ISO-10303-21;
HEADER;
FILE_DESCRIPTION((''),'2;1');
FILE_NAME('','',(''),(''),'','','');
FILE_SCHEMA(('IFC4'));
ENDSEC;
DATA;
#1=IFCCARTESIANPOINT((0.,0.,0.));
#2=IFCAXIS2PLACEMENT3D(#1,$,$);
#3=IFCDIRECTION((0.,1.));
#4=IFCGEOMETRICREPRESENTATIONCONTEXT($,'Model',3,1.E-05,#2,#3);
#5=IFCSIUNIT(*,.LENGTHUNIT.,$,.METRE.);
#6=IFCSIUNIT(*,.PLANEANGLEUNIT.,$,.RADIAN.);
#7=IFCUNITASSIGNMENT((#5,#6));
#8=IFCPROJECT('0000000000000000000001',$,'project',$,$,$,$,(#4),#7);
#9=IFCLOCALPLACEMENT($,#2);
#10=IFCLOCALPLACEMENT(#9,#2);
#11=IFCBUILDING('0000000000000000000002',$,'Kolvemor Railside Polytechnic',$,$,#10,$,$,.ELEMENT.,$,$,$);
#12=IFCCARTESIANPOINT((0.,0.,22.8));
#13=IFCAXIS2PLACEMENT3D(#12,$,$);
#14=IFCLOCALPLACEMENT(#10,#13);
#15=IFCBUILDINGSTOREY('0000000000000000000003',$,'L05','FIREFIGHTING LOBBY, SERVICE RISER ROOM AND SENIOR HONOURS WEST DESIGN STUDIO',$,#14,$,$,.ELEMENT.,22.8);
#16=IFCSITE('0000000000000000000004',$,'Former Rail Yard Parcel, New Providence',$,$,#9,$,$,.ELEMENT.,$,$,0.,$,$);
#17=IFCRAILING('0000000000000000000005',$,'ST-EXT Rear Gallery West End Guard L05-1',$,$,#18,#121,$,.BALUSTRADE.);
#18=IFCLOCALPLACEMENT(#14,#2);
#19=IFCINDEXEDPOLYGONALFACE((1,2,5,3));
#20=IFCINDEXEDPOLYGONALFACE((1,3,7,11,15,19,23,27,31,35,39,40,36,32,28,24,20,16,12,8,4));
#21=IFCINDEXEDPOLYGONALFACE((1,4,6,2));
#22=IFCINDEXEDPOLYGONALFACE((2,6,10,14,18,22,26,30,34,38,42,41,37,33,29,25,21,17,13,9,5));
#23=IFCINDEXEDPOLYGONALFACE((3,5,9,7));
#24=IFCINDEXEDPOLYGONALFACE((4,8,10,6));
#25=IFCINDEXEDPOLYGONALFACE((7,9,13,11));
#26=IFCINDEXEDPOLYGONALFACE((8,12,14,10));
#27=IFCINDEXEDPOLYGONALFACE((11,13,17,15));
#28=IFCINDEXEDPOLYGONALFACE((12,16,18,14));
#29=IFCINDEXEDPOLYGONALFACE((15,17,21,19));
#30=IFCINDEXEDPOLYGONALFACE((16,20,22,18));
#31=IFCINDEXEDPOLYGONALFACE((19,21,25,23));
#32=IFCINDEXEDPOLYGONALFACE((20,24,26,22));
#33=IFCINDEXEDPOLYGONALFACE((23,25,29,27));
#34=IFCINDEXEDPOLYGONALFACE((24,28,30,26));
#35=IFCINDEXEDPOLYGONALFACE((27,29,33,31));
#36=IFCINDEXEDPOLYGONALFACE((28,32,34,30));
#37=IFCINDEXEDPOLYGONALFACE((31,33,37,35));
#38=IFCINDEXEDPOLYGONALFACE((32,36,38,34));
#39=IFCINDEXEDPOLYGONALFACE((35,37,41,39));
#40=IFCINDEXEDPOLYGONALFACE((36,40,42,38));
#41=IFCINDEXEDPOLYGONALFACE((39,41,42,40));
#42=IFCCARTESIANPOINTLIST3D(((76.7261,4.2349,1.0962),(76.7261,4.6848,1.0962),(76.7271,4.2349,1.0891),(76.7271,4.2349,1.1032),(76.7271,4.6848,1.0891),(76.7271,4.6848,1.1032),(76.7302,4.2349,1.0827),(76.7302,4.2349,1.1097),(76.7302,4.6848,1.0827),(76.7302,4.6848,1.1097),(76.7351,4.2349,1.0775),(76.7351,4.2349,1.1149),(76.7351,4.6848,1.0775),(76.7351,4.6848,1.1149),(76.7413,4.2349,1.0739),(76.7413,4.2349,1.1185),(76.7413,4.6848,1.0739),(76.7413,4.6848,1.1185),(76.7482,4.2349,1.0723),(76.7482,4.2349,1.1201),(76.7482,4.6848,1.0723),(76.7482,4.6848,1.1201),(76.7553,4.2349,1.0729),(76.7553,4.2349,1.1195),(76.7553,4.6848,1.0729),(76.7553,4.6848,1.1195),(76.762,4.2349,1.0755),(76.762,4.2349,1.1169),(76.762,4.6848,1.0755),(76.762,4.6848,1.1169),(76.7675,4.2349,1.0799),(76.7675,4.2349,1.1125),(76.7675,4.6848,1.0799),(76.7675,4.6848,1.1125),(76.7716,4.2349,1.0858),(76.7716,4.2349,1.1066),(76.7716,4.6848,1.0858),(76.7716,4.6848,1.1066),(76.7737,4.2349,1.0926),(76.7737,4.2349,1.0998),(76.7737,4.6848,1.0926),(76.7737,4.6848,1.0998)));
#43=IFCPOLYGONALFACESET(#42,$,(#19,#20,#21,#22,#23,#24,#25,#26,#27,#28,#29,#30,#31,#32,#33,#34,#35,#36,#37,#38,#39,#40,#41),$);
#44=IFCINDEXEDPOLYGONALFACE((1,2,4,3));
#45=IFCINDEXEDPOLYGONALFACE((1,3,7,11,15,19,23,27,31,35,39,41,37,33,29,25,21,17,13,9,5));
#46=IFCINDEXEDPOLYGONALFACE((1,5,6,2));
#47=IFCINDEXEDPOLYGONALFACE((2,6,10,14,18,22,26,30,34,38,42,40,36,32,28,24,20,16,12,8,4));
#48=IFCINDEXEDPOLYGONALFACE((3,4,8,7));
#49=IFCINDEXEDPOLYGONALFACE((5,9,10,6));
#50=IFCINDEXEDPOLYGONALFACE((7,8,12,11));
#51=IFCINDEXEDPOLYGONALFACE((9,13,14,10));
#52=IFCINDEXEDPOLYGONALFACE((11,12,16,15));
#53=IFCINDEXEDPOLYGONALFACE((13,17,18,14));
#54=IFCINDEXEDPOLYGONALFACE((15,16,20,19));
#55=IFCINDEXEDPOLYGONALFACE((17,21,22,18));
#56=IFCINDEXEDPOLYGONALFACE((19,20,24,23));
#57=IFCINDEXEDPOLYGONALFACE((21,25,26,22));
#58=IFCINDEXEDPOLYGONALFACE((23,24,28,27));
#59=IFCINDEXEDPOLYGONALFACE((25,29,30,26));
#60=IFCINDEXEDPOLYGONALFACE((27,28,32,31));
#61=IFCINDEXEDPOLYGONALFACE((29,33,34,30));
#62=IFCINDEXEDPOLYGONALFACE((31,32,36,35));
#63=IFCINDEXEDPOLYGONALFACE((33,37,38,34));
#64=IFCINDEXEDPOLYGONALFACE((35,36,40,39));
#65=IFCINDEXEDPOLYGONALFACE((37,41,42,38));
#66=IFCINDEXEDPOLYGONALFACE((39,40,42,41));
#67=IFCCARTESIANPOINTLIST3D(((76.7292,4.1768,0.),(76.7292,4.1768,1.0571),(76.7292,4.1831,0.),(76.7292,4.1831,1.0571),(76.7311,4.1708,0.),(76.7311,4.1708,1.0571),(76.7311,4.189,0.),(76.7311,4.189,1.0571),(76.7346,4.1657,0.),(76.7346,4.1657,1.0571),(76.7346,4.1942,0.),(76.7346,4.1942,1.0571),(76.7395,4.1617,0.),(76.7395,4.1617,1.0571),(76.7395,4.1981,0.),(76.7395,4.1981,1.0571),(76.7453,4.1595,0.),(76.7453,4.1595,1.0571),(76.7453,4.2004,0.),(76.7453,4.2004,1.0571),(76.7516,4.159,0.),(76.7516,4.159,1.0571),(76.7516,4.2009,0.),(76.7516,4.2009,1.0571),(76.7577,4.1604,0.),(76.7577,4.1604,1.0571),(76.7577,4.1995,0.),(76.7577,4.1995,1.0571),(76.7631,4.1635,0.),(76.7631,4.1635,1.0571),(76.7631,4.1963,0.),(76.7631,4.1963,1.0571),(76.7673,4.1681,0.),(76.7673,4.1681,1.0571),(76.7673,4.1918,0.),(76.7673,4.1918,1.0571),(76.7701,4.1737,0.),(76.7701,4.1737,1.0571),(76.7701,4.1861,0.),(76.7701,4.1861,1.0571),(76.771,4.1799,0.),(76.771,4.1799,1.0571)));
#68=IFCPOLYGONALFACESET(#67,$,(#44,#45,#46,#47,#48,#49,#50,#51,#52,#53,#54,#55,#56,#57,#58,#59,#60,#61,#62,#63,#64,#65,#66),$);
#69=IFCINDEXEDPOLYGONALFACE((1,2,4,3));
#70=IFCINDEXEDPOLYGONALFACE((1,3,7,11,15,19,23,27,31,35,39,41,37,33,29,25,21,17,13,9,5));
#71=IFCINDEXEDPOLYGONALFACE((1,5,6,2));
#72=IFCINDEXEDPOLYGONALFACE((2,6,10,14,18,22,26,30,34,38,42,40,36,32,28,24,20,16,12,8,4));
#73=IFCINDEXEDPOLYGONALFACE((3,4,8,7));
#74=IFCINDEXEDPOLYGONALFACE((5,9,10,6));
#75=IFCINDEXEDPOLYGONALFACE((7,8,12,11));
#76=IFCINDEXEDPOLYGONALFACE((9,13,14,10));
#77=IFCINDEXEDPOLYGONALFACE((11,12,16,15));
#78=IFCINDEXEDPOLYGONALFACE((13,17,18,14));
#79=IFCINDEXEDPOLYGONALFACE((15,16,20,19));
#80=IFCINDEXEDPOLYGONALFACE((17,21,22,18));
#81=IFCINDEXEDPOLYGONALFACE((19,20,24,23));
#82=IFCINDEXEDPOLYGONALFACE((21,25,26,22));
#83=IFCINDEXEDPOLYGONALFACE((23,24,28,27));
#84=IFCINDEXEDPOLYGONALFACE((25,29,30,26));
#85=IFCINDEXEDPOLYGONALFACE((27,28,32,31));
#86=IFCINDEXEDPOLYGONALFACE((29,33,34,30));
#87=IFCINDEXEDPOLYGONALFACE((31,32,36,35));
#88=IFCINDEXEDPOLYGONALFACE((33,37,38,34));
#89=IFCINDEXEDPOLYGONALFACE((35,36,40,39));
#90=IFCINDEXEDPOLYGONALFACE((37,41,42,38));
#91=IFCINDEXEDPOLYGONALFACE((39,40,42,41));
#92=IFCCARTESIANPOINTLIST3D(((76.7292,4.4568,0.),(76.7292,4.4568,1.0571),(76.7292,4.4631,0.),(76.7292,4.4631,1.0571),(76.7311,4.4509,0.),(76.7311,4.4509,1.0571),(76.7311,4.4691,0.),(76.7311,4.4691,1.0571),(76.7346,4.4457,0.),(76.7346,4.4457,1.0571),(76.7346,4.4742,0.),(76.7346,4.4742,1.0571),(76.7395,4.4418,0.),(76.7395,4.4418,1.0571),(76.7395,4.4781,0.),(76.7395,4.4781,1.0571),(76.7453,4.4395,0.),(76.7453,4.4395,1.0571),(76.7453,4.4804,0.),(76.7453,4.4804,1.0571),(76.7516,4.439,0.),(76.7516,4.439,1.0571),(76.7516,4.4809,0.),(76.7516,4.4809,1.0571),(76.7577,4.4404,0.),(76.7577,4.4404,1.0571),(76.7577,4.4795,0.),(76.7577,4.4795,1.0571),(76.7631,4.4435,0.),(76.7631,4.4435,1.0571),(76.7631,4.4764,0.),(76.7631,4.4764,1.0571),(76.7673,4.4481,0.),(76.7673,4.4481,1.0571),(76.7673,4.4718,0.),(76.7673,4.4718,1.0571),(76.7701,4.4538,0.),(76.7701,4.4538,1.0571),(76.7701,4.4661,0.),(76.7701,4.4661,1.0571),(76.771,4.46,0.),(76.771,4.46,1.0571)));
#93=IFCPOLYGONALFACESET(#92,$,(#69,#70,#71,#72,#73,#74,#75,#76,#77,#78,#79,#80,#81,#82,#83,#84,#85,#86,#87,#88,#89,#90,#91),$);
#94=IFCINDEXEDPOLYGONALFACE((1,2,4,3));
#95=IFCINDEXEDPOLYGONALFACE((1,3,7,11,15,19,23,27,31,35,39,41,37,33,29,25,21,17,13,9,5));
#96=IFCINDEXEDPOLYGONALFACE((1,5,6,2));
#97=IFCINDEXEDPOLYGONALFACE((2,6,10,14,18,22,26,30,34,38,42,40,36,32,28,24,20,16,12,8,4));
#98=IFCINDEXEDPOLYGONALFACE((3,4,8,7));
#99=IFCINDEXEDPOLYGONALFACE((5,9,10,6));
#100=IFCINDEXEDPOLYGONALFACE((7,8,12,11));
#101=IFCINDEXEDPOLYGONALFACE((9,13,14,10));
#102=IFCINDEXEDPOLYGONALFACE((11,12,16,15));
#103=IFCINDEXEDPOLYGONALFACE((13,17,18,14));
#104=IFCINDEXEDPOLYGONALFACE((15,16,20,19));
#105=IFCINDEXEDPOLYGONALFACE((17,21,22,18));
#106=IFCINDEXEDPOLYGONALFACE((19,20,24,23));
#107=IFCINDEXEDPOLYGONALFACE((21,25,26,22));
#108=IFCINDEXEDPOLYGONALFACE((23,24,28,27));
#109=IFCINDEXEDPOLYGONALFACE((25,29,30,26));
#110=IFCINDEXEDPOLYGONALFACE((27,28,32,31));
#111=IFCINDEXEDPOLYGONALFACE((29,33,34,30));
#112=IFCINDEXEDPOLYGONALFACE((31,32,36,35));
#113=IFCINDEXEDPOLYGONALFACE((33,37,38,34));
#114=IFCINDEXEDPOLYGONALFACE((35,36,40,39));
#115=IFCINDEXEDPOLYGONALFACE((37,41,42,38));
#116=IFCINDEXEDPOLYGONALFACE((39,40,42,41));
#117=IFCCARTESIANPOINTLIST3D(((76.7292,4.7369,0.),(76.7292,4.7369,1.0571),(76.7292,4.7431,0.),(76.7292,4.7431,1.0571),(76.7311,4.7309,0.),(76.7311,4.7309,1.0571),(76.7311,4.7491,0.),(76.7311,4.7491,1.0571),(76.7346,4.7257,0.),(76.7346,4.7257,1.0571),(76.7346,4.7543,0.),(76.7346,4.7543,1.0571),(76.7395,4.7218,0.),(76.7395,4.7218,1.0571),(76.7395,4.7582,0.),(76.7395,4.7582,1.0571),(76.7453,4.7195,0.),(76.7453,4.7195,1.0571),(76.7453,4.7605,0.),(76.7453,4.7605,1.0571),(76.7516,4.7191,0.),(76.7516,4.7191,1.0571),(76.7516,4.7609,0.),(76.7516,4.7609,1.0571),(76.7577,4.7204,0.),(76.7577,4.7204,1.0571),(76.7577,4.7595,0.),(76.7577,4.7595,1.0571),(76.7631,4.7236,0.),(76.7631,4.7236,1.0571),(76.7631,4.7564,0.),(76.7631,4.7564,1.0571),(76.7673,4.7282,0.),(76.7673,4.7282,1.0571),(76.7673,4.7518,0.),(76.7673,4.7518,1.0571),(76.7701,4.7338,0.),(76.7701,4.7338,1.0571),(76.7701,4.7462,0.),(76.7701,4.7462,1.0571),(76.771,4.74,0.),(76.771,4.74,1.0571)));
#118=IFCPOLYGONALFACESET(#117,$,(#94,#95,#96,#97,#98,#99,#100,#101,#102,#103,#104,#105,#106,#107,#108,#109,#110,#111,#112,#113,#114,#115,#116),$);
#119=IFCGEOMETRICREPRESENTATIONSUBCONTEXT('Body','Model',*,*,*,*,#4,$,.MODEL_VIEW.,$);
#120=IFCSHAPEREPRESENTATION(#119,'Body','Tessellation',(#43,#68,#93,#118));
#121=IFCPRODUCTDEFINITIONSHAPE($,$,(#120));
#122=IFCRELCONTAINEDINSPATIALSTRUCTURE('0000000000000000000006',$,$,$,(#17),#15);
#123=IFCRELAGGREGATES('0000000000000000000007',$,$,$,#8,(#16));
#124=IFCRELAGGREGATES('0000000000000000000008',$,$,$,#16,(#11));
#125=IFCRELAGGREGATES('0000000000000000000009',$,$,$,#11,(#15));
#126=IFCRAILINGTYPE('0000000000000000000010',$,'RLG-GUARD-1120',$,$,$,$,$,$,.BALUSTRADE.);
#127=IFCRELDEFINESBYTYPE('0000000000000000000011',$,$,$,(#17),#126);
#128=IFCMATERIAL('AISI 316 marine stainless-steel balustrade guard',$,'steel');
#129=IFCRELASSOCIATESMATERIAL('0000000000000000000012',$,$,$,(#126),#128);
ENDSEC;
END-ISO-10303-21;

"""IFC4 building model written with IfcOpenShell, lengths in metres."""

from ifc_helpers import new_model, si_unit, direction, frame, origin, origin_2d, place, context, subcontext, project, spatial, circle, extrude, material, type_object, element, save


model = new_model("IFC4")

# Units and contexts
model_context = context("Model", 3, precision=1e-05, world=origin(), true_north=direction((0.0, 1.0)))
body_context = subcontext(model_context, "Body", "Model", "MODEL_VIEW")
ifc_project = project(units=[si_unit("LENGTHUNIT", "METRE"), si_unit("PLANEANGLEUNIT", "RADIAN")], contexts=[model_context])

# Site, building, storey
site_placement = place(None, origin())
site = spatial("IfcSite", under=ifc_project, at=site_placement, Name="Former Rail Yard Parcel, New Providence", CompositionType="ELEMENT", RefElevation=0.0)
building_placement = place(site_placement, origin())
building = spatial("IfcBuilding", under=site, at=building_placement, Name="Kolvemor Railside Polytechnic", CompositionType="ELEMENT")
storey_placement = place(building_placement, frame((0.0, 0.0, 22.8)))
storey = spatial("IfcBuildingStorey", under=building, at=storey_placement, Name="L05", Description="FIREFIGHTING LOBBY, SERVICE RISER ROOM AND SENIOR HONOURS WEST DESIGN STUDIO", CompositionType="ELEMENT", Elevation=22.8)

# Railing
ifc_material_1 = material(Name="AISI 316 marine stainless-steel balustrade guard", Category="steel")
railing_type = type_object("IfcRailingType", Name="RLG-GUARD-1120", PredefinedType="BALUSTRADE", material=ifc_material_1)
railing_1_placement = place(storey_placement, frame((76.75, 4.1799, 0.0)))
element("IfcRailing", 1, at=railing_1_placement, inside=storey, type_object=railing_type, Name="ST-EXT Rear Gallery West End Guard L05-1", PredefinedType="BALUSTRADE", context=body_context, shape_type="SweptSolid", body=[
    extrude(circle(Radius=0.0239, at=origin_2d()), frame((0.0, 0.0549, 1.0962), z_axis=(0.0, 1.0, 0.0), x_axis=(-1.0, 0.0, 0.0)), (0.0, 0.0, 1.0), 0.45),
    extrude(circle(Radius=0.021, at=origin_2d()), origin(), (0.0, 0.0, 1.0), 1.0571),
    extrude(circle(Radius=0.021, at=origin_2d()), frame((0.0, 0.28, 0.0)), (0.0, 0.0, 1.0), 1.0571),
    extrude(circle(Radius=0.021, at=origin_2d()), frame((0.0, 0.5601, 0.0)), (0.0, 0.0, 1.0), 1.0571),
])

save(model, "model.ifc")
